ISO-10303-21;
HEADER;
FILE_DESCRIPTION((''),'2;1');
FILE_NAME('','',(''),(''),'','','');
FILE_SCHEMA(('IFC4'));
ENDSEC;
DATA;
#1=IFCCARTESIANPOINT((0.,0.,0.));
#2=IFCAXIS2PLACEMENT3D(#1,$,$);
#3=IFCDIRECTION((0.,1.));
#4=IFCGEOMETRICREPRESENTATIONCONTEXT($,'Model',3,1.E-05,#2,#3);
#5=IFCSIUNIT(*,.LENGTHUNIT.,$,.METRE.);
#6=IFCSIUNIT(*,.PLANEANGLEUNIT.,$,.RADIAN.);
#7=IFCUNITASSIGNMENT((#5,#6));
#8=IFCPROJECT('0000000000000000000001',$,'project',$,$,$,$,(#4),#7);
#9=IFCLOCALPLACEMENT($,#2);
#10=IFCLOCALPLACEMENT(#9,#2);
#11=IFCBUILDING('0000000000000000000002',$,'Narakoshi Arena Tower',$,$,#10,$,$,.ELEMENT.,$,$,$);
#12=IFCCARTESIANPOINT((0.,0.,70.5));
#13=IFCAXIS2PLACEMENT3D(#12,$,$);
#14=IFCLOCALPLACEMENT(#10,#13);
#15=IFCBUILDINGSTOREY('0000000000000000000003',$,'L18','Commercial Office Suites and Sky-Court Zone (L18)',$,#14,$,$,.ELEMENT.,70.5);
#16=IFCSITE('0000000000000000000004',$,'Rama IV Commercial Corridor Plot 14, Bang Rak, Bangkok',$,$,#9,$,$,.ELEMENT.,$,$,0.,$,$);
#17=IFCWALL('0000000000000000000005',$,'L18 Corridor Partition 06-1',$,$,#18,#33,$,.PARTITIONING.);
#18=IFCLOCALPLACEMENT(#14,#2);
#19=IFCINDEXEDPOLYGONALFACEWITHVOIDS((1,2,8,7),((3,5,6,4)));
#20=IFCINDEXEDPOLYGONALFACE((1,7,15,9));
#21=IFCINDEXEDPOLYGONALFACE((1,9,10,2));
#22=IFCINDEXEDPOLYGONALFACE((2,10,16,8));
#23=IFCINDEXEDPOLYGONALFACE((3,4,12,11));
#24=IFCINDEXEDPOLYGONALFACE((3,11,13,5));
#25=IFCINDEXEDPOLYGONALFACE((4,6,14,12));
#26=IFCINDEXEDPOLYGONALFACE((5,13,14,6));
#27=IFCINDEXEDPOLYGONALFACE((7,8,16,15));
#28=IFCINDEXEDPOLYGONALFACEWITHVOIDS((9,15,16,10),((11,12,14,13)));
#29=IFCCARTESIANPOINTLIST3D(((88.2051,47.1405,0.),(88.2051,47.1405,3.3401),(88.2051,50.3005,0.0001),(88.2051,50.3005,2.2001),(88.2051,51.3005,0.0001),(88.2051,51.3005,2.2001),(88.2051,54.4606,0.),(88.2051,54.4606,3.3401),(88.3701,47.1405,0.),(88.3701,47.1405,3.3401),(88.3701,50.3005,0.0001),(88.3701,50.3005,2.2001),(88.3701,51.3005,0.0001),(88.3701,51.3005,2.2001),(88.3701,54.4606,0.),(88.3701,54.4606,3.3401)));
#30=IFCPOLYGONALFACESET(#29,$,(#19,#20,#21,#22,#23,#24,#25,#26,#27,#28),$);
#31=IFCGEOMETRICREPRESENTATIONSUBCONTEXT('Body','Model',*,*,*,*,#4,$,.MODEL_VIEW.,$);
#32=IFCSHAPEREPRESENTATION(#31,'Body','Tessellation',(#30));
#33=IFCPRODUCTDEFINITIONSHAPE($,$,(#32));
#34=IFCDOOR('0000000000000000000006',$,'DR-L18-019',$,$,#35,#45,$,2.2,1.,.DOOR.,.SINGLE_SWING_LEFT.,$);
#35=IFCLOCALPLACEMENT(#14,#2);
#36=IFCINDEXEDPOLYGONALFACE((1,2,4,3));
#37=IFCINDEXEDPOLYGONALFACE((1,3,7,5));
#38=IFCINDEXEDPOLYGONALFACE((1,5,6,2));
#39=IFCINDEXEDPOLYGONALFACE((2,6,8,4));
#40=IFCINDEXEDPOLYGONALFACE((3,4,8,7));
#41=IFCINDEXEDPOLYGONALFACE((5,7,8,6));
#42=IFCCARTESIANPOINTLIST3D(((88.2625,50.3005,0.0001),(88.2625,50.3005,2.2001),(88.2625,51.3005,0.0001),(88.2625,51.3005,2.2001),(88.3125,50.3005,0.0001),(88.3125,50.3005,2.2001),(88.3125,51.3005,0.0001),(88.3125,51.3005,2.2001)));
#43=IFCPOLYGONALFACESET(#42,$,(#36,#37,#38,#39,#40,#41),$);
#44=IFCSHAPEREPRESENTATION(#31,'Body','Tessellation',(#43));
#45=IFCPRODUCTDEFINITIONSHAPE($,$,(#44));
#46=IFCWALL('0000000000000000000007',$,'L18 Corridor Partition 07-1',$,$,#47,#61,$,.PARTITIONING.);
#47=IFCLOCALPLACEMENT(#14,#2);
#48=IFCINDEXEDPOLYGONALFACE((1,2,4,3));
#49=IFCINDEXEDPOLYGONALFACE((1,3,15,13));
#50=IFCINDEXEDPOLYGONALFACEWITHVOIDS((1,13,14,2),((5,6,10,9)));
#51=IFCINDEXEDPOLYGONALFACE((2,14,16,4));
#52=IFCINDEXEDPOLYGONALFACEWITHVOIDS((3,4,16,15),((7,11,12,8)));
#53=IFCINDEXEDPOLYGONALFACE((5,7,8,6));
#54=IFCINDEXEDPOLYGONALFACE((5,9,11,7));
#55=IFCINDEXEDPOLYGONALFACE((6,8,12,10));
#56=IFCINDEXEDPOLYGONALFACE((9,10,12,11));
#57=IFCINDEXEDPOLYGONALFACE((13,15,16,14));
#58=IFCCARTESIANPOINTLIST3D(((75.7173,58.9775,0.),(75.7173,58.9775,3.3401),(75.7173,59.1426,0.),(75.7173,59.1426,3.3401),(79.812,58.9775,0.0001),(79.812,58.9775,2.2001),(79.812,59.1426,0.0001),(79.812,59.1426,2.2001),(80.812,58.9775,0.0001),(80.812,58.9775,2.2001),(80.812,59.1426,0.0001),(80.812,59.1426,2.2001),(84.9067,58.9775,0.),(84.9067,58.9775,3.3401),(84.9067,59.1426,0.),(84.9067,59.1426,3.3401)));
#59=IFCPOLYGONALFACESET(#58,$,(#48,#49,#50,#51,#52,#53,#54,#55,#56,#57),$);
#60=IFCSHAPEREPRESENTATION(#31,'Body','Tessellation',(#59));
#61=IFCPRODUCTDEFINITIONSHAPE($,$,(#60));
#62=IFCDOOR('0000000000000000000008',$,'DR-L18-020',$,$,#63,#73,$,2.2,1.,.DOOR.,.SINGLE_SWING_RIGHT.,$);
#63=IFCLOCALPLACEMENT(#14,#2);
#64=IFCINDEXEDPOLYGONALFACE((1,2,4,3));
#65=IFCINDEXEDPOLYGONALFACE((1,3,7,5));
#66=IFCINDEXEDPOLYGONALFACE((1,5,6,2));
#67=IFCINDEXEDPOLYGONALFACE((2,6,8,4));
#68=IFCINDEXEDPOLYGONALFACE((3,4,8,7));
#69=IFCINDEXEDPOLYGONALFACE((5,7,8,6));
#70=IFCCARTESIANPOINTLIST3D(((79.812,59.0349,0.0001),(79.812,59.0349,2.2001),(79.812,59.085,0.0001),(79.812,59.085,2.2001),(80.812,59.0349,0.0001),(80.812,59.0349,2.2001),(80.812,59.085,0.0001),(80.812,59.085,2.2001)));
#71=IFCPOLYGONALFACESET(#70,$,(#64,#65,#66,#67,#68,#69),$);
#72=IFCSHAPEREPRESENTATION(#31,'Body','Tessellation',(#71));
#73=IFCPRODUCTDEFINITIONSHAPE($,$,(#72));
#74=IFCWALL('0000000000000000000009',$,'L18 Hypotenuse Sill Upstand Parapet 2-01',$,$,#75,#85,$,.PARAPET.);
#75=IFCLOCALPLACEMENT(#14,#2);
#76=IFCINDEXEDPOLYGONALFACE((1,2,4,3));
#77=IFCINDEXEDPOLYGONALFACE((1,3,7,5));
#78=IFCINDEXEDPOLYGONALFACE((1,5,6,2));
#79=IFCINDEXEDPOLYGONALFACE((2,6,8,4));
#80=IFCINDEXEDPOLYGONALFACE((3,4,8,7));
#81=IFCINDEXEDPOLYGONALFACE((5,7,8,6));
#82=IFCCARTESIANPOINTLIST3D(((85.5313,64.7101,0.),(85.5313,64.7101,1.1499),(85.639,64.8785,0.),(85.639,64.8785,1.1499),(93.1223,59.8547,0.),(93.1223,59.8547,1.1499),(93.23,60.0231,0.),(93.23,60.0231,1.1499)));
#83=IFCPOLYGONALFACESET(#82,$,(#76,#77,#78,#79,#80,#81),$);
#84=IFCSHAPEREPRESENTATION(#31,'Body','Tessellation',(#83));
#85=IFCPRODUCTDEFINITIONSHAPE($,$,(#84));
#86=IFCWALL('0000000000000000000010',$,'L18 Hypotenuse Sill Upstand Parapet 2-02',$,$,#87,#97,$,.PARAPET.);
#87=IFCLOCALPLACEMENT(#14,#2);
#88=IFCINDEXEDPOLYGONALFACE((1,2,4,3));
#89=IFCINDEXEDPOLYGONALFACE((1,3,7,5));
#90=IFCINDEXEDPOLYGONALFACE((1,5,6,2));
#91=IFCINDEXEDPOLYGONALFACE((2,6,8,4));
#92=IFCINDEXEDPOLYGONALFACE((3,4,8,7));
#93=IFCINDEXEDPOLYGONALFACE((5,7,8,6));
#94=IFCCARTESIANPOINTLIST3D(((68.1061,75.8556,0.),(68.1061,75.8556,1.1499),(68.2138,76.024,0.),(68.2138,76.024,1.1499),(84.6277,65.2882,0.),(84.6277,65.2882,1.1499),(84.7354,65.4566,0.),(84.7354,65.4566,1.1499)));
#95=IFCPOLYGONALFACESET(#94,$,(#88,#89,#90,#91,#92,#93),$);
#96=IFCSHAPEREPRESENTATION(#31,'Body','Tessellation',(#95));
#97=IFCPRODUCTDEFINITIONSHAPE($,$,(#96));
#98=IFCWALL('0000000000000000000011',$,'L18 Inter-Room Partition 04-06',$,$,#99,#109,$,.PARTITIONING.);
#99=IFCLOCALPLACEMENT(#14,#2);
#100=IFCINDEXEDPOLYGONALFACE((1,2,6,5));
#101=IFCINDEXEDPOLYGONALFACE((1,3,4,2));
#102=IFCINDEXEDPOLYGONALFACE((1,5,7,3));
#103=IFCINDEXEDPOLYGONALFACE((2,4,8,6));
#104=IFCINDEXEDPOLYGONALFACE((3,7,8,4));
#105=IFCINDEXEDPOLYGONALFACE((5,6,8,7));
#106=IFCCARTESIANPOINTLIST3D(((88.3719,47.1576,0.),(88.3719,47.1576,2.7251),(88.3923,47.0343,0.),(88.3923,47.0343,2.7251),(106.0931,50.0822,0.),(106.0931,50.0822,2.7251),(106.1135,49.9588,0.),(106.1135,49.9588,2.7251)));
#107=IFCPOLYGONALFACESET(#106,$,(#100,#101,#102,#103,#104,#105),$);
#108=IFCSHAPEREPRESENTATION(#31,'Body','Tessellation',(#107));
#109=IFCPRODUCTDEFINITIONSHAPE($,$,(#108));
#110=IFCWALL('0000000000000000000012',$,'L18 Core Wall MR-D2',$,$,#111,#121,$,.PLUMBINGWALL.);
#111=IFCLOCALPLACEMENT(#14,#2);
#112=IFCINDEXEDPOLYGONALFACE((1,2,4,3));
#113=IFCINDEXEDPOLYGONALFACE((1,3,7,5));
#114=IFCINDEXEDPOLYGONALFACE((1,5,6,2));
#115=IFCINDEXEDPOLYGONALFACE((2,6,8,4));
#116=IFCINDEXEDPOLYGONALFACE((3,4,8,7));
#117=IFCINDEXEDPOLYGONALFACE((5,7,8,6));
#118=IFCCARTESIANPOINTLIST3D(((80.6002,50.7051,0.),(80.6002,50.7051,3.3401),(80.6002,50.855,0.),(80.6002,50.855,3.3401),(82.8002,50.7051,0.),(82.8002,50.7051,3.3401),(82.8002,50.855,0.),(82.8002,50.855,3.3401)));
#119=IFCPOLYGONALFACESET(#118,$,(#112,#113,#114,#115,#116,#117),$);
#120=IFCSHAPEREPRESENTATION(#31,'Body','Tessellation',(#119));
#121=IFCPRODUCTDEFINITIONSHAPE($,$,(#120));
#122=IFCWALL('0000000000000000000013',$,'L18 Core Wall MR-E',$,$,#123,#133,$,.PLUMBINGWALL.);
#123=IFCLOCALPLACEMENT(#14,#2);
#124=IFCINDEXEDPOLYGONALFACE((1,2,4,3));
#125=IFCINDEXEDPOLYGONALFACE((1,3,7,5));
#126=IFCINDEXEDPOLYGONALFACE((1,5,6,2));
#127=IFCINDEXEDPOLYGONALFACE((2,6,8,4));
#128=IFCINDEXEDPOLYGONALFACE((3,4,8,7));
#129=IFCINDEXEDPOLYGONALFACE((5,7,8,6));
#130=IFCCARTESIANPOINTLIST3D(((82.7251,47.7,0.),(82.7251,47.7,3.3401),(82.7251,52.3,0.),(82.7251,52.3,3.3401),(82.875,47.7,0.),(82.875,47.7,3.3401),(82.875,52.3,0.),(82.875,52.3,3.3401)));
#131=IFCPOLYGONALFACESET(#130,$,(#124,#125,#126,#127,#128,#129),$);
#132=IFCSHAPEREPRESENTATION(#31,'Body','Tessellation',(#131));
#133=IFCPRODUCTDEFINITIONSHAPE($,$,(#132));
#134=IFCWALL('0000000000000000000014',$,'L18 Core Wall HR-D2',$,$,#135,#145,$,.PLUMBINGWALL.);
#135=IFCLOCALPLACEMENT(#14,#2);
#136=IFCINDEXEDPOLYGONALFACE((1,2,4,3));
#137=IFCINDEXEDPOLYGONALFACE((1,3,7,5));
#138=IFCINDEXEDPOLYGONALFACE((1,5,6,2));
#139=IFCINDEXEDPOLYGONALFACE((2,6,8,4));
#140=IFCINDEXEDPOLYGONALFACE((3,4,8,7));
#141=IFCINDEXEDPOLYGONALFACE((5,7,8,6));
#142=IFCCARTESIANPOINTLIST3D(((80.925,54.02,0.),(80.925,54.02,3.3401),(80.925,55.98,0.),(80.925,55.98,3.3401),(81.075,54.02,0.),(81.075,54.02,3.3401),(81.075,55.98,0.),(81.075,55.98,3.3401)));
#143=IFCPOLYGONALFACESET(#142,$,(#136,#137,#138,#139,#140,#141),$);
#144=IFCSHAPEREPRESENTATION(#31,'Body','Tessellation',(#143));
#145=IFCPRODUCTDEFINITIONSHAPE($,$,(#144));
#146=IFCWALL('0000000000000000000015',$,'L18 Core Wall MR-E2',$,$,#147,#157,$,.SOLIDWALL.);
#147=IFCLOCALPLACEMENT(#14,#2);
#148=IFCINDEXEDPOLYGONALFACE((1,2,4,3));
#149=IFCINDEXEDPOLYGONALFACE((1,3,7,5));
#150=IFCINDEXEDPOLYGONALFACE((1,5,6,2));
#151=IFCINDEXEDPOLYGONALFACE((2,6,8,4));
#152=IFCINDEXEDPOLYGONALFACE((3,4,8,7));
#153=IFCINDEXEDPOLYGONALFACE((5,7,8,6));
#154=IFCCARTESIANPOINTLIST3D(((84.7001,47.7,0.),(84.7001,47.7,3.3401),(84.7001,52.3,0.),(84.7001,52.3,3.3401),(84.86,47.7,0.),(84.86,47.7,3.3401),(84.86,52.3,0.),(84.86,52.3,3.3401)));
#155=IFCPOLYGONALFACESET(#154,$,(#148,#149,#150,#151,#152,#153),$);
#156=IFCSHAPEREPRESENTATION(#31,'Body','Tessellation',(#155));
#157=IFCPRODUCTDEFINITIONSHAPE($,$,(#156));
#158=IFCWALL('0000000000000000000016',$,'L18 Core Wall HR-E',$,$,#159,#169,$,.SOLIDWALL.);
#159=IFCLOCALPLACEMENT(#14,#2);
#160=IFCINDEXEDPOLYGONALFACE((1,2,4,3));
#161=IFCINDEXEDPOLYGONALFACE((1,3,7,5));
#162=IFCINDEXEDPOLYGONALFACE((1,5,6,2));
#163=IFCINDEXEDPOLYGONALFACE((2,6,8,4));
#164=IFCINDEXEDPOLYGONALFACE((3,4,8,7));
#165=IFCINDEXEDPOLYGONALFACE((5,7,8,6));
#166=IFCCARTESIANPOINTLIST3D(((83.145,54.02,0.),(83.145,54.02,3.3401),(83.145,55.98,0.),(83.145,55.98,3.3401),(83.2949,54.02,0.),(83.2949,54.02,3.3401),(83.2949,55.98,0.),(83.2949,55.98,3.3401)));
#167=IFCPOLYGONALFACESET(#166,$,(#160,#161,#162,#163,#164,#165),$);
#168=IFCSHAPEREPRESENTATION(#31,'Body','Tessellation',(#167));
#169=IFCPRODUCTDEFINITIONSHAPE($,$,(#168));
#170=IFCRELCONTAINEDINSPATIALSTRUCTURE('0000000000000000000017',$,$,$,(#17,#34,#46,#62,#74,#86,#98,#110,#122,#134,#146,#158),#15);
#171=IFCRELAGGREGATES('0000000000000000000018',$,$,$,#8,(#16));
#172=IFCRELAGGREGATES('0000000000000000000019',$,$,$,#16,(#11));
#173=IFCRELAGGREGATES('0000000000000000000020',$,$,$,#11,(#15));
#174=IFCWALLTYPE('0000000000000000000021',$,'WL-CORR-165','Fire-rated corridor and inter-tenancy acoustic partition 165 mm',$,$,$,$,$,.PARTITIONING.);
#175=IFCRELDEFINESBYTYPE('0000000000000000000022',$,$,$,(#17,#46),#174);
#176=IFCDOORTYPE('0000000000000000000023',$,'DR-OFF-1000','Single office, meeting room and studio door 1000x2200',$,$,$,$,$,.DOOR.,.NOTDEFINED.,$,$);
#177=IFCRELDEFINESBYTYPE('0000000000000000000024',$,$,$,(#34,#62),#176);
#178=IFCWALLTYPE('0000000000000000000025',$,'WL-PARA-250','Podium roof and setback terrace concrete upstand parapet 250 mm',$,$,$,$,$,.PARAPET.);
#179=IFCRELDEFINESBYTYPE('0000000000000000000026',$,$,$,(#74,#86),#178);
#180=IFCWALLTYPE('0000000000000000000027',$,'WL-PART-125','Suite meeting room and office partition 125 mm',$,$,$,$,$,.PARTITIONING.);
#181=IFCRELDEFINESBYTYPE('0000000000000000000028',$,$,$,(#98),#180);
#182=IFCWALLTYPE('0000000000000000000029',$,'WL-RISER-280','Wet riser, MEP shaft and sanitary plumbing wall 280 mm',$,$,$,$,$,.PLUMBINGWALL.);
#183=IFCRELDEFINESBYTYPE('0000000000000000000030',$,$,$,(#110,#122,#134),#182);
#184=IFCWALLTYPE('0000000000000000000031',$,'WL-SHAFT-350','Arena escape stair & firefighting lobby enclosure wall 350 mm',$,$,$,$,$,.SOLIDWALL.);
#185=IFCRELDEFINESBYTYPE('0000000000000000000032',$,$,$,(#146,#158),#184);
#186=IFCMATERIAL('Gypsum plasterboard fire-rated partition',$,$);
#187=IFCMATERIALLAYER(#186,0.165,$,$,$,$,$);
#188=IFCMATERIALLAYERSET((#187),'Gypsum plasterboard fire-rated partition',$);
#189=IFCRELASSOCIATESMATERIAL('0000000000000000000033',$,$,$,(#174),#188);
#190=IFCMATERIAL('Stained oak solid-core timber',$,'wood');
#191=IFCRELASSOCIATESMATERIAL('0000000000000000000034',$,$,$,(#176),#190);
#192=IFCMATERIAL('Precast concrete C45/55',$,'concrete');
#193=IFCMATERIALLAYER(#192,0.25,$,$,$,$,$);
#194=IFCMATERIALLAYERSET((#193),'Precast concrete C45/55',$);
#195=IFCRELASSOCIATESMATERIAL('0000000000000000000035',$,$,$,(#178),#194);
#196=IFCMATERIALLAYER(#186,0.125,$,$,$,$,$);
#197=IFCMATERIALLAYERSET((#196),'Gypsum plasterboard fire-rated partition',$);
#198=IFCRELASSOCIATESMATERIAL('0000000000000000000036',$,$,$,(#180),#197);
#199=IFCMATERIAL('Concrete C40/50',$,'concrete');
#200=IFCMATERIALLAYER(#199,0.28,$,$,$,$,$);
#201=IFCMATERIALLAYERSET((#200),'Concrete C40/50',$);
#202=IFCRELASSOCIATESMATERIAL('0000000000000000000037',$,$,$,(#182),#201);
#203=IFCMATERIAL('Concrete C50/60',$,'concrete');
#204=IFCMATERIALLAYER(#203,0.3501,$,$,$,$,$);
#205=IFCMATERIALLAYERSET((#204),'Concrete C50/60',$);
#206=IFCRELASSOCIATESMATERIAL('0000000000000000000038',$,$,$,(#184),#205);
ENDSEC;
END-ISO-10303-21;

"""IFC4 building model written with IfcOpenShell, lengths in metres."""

from ifc_helpers import new_model, si_unit, direction, frame, frame_2d, origin, place, context, subcontext, project, spatial, rectangle, extrude, material, layer, layer_set, type_object, element, fill, save


model = new_model("IFC4")

# Units and contexts
model_context = context("Model", 3, precision=1e-05, world=origin(), true_north=direction((0.0, 1.0)))
body_context = subcontext(model_context, "Body", "Model", "MODEL_VIEW")
ifc_project = project(units=[si_unit("LENGTHUNIT", "METRE"), si_unit("PLANEANGLEUNIT", "RADIAN")], contexts=[model_context])

# Site, building, storey
site_placement = place(None, origin())
site = spatial("IfcSite", under=ifc_project, at=site_placement, Name="Rama IV Commercial Corridor Plot 14, Bang Rak, Bangkok", CompositionType="ELEMENT", RefElevation=0.0)
building_placement = place(site_placement, origin())
building = spatial("IfcBuilding", under=site, at=building_placement, Name="Narakoshi Arena Tower", CompositionType="ELEMENT")
storey_placement = place(building_placement, frame((0.0, 0.0, 70.5)))
storey = spatial("IfcBuildingStorey", under=building, at=storey_placement, Name="L18", Description="Commercial Office Suites and Sky-Court Zone (L18)", CompositionType="ELEMENT", Elevation=70.5)

# Walls, openings, doors
ifc_material_1 = material(Name="Gypsum plasterboard fire-rated partition")
ifc_layer_1 = layer(ifc_material_1, 0.165)
ifc_layer_set_1 = layer_set([ifc_layer_1], Name="Gypsum plasterboard fire-rated partition")
wall_type_1 = type_object("IfcWallType", Name="WL-CORR-165", Description="Fire-rated corridor and inter-tenancy acoustic partition 165 mm", PredefinedType="PARTITIONING", material=ifc_layer_set_1)
ifc_material_2 = material(Name="Stained oak solid-core timber", Category="wood")
door_type = type_object("IfcDoorType", Name="DR-OFF-1000", Description="Single office, meeting room and studio door 1000x2200", OperationType="NOTDEFINED", PredefinedType="DOOR", material=ifc_material_2)
wall_1_placement = place(storey_placement, frame((88.2876, 47.1404, 0.0), z_axis=(0.0, 0.0, 1.0), x_axis=(0.0, 1.0, 0.0)))
wall_1 = element("IfcWall", 1, at=wall_1_placement, inside=storey, type_object=wall_type_1, Name="L18 Corridor Partition 06-1", PredefinedType="PARTITIONING", context=body_context, shape_type="SweptSolid", body=[
    extrude(rectangle(XDim=7.3201, YDim=0.165, at=frame_2d((3.6602, 0.0))), origin(), (0.0, 0.0, 1.0), 3.3401),
])
opening_1_placement = place(wall_1_placement, frame((3.1602, 0.0, 0.0)))
opening_1 = element("IfcOpeningElement", 2, at=opening_1_placement, cuts=wall_1, PredefinedType="OPENING", context=body_context, shape_type="SweptSolid", body=[
    extrude(rectangle(XDim=1.0, YDim=2.2, at=frame_2d((0.5, 1.1001))), frame((0.0, 0.0925, 0.0), z_axis=(0.0, -1.0, 0.0), x_axis=(1.0, 0.0, 0.0)), (0.0, 0.0, 1.0), 0.1851),
])
door_1_placement = place(opening_1_placement, frame((1.0, 0.0, 0.0), z_axis=(0.0, 0.0, 1.0), x_axis=(-1.0, 0.0, 0.0)))
door_1 = element("IfcDoor", 3, at=door_1_placement, inside=storey, type_object=door_type, Name="DR-L18-019", OperationType="SINGLE_SWING_LEFT", OverallHeight=2.2, OverallWidth=1.0, PredefinedType="DOOR", context=body_context, shape_type="SweptSolid", body=[
    extrude(rectangle(XDim=1.0, YDim=2.2, at=frame_2d((0.5, 1.1001))), frame((0.0, 0.0249, 0.0), z_axis=(0.0, -1.0, 0.0), x_axis=(1.0, 0.0, 0.0)), (0.0, 0.0, 1.0), 0.05),
])
fill(opening_1, door_1)
wall_2_placement = place(storey_placement, frame((84.9067, 59.0601, 0.0), z_axis=(0.0, 0.0, 1.0), x_axis=(-1.0, 0.0, 0.0)))
wall_2 = element("IfcWall", 4, at=wall_2_placement, inside=storey, type_object=wall_type_1, Name="L18 Corridor Partition 07-1", PredefinedType="PARTITIONING", context=body_context, shape_type="SweptSolid", body=[
    extrude(rectangle(XDim=9.1895, YDim=0.165, at=frame_2d((4.5947, 0.0))), origin(), (0.0, 0.0, 1.0), 3.3401),
])
opening_2_placement = place(wall_2_placement, frame((4.0947, 0.0, 0.0)))
opening_2 = element("IfcOpeningElement", 5, at=opening_2_placement, cuts=wall_2, PredefinedType="OPENING", context=body_context, shape_type="SweptSolid", body=[
    extrude(rectangle(XDim=1.0, YDim=2.2, at=frame_2d((0.5, 1.1001))), frame((0.0, 0.0925, 0.0), z_axis=(0.0, -1.0, 0.0), x_axis=(1.0, 0.0, 0.0)), (0.0, 0.0, 1.0), 0.1851),
])
door_2_placement = place(opening_2_placement, frame((1.0, 0.0, 0.0), z_axis=(0.0, 0.0, 1.0), x_axis=(-1.0, 0.0, 0.0)))
door_2 = element("IfcDoor", 6, at=door_2_placement, inside=storey, type_object=door_type, Name="DR-L18-020", OperationType="SINGLE_SWING_RIGHT", OverallHeight=2.2, OverallWidth=1.0, PredefinedType="DOOR", context=body_context, shape_type="SweptSolid", body=[
    extrude(rectangle(XDim=1.0, YDim=2.2, at=frame_2d((0.5, 1.1001))), frame((0.0, 0.0249, 0.0), z_axis=(0.0, -1.0, 0.0), x_axis=(1.0, 0.0, 0.0)), (0.0, 0.0, 1.0), 0.05),
])
fill(opening_2, door_2)

# Walls
ifc_material_3 = material(Name="Precast concrete C45/55", Category="concrete")
ifc_layer_2 = layer(ifc_material_3, 0.25)
ifc_layer_set_2 = layer_set([ifc_layer_2], Name="Precast concrete C45/55")
wall_type_2 = type_object("IfcWallType", Name="WL-PARA-250", Description="Podium roof and setback terrace concrete upstand parapet 250 mm", PredefinedType="PARAPET", material=ifc_layer_set_2)
wall_3_placement = place(storey_placement, frame((93.176, 59.939, 0.0), z_axis=(0.0, 0.0, 1.0), x_axis=(-0.842413, 0.538832, 0.0)))
element("IfcWall", 7, at=wall_3_placement, inside=storey, type_object=wall_type_2, Name="L18 Hypotenuse Sill Upstand Parapet 2-01", PredefinedType="PARAPET", context=body_context, shape_type="SweptSolid", body=[
    extrude(rectangle(XDim=9.011, YDim=0.2, at=frame_2d((4.5054, 0.0))), origin(), (0.0, 0.0, 1.0), 1.1499),
])
wall_4_placement = place(storey_placement, frame((84.6816, 65.3723, 0.0), z_axis=(0.0, 0.0, 1.0), x_axis=(-0.842419, 0.538823, 0.0)))
element("IfcWall", 8, at=wall_4_placement, inside=storey, type_object=wall_type_2, Name="L18 Hypotenuse Sill Upstand Parapet 2-02", PredefinedType="PARAPET", context=body_context, shape_type="SweptSolid", body=[
    extrude(rectangle(XDim=19.6121, YDim=0.2, at=frame_2d((9.8062, 0.0))), origin(), (0.0, 0.0, 1.0), 1.1499),
])
ifc_layer_3 = layer(ifc_material_1, 0.125)
ifc_layer_set_3 = layer_set([ifc_layer_3], Name="Gypsum plasterboard fire-rated partition")
wall_type_3 = type_object("IfcWallType", Name="WL-PART-125", Description="Suite meeting room and office partition 125 mm", PredefinedType="PARTITIONING", material=ifc_layer_set_3)
wall_5_placement = place(storey_placement, frame((88.3821, 47.0959, 0.0), z_axis=(0.0, 0.0, 1.0), x_axis=(0.986654, 0.162829, 0.0)))
element("IfcWall", 9, at=wall_5_placement, inside=storey, type_object=wall_type_3, Name="L18 Inter-Room Partition 04-06", PredefinedType="PARTITIONING", context=body_context, shape_type="SweptSolid", body=[
    extrude(rectangle(XDim=17.9609, YDim=0.125, at=frame_2d((8.9805, 0.0))), origin(), (0.0, 0.0, 1.0), 2.7251),
])
ifc_material_4 = material(Name="Concrete C40/50", Category="concrete")
ifc_layer_4 = layer(ifc_material_4, 0.28)
ifc_layer_set_4 = layer_set([ifc_layer_4], Name="Concrete C40/50")
wall_type_4 = type_object("IfcWallType", Name="WL-RISER-280", Description="Wet riser, MEP shaft and sanitary plumbing wall 280 mm", PredefinedType="PLUMBINGWALL", material=ifc_layer_set_4)
wall_6_placement = place(storey_placement, frame((80.6001, 50.78, 0.0), z_axis=(0.0, 0.0, 1.0), x_axis=(1.0, 0.0, 0.0)))
element("IfcWall", 10, at=wall_6_placement, inside=storey, type_object=wall_type_4, Name="L18 Core Wall MR-D2", PredefinedType="PLUMBINGWALL", context=body_context, shape_type="SweptSolid", body=[
    extrude(rectangle(XDim=2.2, YDim=0.1499, at=frame_2d((1.1001, 0.0))), origin(), (0.0, 0.0, 1.0), 3.3401),
])
wall_7_placement = place(storey_placement, frame((82.8, 47.7, 0.0), z_axis=(0.0, 0.0, 1.0), x_axis=(0.0, 1.0, 0.0)))
element("IfcWall", 11, at=wall_7_placement, inside=storey, type_object=wall_type_4, Name="L18 Core Wall MR-E", PredefinedType="PLUMBINGWALL", context=body_context, shape_type="SweptSolid", body=[
    extrude(rectangle(XDim=4.6001, YDim=0.1499, at=frame_2d((2.3, 0.0))), origin(), (0.0, 0.0, 1.0), 3.3401),
])
wall_8_placement = place(storey_placement, frame((81.0, 54.02, 0.0), z_axis=(0.0, 0.0, 1.0), x_axis=(0.0, 1.0, 0.0)))
element("IfcWall", 12, at=wall_8_placement, inside=storey, type_object=wall_type_4, Name="L18 Core Wall HR-D2", PredefinedType="PLUMBINGWALL", context=body_context, shape_type="SweptSolid", body=[
    extrude(rectangle(XDim=1.96, YDim=0.1499, at=frame_2d((0.98, 0.0))), origin(), (0.0, 0.0, 1.0), 3.3401),
])
ifc_material_5 = material(Name="Concrete C50/60", Category="concrete")
ifc_layer_5 = layer(ifc_material_5, 0.3501)
ifc_layer_set_5 = layer_set([ifc_layer_5], Name="Concrete C50/60")
wall_type_5 = type_object("IfcWallType", Name="WL-SHAFT-350", Description="Arena escape stair & firefighting lobby enclosure wall 350 mm", PredefinedType="SOLIDWALL", material=ifc_layer_set_5)
wall_9_placement = place(storey_placement, frame((84.78, 47.7, 0.0), z_axis=(0.0, 0.0, 1.0), x_axis=(0.0, 1.0, 0.0)))
element("IfcWall", 13, at=wall_9_placement, inside=storey, type_object=wall_type_5, Name="L18 Core Wall MR-E2", PredefinedType="SOLIDWALL", context=body_context, shape_type="SweptSolid", body=[
    extrude(rectangle(XDim=4.6001, YDim=0.1599, at=frame_2d((2.3, 0.0))), origin(), (0.0, 0.0, 1.0), 3.3401),
])
wall_10_placement = place(storey_placement, frame((83.22, 54.02, 0.0), z_axis=(0.0, 0.0, 1.0), x_axis=(0.0, 1.0, 0.0)))
element("IfcWall", 14, at=wall_10_placement, inside=storey, type_object=wall_type_5, Name="L18 Core Wall HR-E", PredefinedType="SOLIDWALL", context=body_context, shape_type="SweptSolid", body=[
    extrude(rectangle(XDim=1.96, YDim=0.1499, at=frame_2d((0.98, 0.0))), origin(), (0.0, 0.0, 1.0), 3.3401),
])

save(model, "model.ifc")
